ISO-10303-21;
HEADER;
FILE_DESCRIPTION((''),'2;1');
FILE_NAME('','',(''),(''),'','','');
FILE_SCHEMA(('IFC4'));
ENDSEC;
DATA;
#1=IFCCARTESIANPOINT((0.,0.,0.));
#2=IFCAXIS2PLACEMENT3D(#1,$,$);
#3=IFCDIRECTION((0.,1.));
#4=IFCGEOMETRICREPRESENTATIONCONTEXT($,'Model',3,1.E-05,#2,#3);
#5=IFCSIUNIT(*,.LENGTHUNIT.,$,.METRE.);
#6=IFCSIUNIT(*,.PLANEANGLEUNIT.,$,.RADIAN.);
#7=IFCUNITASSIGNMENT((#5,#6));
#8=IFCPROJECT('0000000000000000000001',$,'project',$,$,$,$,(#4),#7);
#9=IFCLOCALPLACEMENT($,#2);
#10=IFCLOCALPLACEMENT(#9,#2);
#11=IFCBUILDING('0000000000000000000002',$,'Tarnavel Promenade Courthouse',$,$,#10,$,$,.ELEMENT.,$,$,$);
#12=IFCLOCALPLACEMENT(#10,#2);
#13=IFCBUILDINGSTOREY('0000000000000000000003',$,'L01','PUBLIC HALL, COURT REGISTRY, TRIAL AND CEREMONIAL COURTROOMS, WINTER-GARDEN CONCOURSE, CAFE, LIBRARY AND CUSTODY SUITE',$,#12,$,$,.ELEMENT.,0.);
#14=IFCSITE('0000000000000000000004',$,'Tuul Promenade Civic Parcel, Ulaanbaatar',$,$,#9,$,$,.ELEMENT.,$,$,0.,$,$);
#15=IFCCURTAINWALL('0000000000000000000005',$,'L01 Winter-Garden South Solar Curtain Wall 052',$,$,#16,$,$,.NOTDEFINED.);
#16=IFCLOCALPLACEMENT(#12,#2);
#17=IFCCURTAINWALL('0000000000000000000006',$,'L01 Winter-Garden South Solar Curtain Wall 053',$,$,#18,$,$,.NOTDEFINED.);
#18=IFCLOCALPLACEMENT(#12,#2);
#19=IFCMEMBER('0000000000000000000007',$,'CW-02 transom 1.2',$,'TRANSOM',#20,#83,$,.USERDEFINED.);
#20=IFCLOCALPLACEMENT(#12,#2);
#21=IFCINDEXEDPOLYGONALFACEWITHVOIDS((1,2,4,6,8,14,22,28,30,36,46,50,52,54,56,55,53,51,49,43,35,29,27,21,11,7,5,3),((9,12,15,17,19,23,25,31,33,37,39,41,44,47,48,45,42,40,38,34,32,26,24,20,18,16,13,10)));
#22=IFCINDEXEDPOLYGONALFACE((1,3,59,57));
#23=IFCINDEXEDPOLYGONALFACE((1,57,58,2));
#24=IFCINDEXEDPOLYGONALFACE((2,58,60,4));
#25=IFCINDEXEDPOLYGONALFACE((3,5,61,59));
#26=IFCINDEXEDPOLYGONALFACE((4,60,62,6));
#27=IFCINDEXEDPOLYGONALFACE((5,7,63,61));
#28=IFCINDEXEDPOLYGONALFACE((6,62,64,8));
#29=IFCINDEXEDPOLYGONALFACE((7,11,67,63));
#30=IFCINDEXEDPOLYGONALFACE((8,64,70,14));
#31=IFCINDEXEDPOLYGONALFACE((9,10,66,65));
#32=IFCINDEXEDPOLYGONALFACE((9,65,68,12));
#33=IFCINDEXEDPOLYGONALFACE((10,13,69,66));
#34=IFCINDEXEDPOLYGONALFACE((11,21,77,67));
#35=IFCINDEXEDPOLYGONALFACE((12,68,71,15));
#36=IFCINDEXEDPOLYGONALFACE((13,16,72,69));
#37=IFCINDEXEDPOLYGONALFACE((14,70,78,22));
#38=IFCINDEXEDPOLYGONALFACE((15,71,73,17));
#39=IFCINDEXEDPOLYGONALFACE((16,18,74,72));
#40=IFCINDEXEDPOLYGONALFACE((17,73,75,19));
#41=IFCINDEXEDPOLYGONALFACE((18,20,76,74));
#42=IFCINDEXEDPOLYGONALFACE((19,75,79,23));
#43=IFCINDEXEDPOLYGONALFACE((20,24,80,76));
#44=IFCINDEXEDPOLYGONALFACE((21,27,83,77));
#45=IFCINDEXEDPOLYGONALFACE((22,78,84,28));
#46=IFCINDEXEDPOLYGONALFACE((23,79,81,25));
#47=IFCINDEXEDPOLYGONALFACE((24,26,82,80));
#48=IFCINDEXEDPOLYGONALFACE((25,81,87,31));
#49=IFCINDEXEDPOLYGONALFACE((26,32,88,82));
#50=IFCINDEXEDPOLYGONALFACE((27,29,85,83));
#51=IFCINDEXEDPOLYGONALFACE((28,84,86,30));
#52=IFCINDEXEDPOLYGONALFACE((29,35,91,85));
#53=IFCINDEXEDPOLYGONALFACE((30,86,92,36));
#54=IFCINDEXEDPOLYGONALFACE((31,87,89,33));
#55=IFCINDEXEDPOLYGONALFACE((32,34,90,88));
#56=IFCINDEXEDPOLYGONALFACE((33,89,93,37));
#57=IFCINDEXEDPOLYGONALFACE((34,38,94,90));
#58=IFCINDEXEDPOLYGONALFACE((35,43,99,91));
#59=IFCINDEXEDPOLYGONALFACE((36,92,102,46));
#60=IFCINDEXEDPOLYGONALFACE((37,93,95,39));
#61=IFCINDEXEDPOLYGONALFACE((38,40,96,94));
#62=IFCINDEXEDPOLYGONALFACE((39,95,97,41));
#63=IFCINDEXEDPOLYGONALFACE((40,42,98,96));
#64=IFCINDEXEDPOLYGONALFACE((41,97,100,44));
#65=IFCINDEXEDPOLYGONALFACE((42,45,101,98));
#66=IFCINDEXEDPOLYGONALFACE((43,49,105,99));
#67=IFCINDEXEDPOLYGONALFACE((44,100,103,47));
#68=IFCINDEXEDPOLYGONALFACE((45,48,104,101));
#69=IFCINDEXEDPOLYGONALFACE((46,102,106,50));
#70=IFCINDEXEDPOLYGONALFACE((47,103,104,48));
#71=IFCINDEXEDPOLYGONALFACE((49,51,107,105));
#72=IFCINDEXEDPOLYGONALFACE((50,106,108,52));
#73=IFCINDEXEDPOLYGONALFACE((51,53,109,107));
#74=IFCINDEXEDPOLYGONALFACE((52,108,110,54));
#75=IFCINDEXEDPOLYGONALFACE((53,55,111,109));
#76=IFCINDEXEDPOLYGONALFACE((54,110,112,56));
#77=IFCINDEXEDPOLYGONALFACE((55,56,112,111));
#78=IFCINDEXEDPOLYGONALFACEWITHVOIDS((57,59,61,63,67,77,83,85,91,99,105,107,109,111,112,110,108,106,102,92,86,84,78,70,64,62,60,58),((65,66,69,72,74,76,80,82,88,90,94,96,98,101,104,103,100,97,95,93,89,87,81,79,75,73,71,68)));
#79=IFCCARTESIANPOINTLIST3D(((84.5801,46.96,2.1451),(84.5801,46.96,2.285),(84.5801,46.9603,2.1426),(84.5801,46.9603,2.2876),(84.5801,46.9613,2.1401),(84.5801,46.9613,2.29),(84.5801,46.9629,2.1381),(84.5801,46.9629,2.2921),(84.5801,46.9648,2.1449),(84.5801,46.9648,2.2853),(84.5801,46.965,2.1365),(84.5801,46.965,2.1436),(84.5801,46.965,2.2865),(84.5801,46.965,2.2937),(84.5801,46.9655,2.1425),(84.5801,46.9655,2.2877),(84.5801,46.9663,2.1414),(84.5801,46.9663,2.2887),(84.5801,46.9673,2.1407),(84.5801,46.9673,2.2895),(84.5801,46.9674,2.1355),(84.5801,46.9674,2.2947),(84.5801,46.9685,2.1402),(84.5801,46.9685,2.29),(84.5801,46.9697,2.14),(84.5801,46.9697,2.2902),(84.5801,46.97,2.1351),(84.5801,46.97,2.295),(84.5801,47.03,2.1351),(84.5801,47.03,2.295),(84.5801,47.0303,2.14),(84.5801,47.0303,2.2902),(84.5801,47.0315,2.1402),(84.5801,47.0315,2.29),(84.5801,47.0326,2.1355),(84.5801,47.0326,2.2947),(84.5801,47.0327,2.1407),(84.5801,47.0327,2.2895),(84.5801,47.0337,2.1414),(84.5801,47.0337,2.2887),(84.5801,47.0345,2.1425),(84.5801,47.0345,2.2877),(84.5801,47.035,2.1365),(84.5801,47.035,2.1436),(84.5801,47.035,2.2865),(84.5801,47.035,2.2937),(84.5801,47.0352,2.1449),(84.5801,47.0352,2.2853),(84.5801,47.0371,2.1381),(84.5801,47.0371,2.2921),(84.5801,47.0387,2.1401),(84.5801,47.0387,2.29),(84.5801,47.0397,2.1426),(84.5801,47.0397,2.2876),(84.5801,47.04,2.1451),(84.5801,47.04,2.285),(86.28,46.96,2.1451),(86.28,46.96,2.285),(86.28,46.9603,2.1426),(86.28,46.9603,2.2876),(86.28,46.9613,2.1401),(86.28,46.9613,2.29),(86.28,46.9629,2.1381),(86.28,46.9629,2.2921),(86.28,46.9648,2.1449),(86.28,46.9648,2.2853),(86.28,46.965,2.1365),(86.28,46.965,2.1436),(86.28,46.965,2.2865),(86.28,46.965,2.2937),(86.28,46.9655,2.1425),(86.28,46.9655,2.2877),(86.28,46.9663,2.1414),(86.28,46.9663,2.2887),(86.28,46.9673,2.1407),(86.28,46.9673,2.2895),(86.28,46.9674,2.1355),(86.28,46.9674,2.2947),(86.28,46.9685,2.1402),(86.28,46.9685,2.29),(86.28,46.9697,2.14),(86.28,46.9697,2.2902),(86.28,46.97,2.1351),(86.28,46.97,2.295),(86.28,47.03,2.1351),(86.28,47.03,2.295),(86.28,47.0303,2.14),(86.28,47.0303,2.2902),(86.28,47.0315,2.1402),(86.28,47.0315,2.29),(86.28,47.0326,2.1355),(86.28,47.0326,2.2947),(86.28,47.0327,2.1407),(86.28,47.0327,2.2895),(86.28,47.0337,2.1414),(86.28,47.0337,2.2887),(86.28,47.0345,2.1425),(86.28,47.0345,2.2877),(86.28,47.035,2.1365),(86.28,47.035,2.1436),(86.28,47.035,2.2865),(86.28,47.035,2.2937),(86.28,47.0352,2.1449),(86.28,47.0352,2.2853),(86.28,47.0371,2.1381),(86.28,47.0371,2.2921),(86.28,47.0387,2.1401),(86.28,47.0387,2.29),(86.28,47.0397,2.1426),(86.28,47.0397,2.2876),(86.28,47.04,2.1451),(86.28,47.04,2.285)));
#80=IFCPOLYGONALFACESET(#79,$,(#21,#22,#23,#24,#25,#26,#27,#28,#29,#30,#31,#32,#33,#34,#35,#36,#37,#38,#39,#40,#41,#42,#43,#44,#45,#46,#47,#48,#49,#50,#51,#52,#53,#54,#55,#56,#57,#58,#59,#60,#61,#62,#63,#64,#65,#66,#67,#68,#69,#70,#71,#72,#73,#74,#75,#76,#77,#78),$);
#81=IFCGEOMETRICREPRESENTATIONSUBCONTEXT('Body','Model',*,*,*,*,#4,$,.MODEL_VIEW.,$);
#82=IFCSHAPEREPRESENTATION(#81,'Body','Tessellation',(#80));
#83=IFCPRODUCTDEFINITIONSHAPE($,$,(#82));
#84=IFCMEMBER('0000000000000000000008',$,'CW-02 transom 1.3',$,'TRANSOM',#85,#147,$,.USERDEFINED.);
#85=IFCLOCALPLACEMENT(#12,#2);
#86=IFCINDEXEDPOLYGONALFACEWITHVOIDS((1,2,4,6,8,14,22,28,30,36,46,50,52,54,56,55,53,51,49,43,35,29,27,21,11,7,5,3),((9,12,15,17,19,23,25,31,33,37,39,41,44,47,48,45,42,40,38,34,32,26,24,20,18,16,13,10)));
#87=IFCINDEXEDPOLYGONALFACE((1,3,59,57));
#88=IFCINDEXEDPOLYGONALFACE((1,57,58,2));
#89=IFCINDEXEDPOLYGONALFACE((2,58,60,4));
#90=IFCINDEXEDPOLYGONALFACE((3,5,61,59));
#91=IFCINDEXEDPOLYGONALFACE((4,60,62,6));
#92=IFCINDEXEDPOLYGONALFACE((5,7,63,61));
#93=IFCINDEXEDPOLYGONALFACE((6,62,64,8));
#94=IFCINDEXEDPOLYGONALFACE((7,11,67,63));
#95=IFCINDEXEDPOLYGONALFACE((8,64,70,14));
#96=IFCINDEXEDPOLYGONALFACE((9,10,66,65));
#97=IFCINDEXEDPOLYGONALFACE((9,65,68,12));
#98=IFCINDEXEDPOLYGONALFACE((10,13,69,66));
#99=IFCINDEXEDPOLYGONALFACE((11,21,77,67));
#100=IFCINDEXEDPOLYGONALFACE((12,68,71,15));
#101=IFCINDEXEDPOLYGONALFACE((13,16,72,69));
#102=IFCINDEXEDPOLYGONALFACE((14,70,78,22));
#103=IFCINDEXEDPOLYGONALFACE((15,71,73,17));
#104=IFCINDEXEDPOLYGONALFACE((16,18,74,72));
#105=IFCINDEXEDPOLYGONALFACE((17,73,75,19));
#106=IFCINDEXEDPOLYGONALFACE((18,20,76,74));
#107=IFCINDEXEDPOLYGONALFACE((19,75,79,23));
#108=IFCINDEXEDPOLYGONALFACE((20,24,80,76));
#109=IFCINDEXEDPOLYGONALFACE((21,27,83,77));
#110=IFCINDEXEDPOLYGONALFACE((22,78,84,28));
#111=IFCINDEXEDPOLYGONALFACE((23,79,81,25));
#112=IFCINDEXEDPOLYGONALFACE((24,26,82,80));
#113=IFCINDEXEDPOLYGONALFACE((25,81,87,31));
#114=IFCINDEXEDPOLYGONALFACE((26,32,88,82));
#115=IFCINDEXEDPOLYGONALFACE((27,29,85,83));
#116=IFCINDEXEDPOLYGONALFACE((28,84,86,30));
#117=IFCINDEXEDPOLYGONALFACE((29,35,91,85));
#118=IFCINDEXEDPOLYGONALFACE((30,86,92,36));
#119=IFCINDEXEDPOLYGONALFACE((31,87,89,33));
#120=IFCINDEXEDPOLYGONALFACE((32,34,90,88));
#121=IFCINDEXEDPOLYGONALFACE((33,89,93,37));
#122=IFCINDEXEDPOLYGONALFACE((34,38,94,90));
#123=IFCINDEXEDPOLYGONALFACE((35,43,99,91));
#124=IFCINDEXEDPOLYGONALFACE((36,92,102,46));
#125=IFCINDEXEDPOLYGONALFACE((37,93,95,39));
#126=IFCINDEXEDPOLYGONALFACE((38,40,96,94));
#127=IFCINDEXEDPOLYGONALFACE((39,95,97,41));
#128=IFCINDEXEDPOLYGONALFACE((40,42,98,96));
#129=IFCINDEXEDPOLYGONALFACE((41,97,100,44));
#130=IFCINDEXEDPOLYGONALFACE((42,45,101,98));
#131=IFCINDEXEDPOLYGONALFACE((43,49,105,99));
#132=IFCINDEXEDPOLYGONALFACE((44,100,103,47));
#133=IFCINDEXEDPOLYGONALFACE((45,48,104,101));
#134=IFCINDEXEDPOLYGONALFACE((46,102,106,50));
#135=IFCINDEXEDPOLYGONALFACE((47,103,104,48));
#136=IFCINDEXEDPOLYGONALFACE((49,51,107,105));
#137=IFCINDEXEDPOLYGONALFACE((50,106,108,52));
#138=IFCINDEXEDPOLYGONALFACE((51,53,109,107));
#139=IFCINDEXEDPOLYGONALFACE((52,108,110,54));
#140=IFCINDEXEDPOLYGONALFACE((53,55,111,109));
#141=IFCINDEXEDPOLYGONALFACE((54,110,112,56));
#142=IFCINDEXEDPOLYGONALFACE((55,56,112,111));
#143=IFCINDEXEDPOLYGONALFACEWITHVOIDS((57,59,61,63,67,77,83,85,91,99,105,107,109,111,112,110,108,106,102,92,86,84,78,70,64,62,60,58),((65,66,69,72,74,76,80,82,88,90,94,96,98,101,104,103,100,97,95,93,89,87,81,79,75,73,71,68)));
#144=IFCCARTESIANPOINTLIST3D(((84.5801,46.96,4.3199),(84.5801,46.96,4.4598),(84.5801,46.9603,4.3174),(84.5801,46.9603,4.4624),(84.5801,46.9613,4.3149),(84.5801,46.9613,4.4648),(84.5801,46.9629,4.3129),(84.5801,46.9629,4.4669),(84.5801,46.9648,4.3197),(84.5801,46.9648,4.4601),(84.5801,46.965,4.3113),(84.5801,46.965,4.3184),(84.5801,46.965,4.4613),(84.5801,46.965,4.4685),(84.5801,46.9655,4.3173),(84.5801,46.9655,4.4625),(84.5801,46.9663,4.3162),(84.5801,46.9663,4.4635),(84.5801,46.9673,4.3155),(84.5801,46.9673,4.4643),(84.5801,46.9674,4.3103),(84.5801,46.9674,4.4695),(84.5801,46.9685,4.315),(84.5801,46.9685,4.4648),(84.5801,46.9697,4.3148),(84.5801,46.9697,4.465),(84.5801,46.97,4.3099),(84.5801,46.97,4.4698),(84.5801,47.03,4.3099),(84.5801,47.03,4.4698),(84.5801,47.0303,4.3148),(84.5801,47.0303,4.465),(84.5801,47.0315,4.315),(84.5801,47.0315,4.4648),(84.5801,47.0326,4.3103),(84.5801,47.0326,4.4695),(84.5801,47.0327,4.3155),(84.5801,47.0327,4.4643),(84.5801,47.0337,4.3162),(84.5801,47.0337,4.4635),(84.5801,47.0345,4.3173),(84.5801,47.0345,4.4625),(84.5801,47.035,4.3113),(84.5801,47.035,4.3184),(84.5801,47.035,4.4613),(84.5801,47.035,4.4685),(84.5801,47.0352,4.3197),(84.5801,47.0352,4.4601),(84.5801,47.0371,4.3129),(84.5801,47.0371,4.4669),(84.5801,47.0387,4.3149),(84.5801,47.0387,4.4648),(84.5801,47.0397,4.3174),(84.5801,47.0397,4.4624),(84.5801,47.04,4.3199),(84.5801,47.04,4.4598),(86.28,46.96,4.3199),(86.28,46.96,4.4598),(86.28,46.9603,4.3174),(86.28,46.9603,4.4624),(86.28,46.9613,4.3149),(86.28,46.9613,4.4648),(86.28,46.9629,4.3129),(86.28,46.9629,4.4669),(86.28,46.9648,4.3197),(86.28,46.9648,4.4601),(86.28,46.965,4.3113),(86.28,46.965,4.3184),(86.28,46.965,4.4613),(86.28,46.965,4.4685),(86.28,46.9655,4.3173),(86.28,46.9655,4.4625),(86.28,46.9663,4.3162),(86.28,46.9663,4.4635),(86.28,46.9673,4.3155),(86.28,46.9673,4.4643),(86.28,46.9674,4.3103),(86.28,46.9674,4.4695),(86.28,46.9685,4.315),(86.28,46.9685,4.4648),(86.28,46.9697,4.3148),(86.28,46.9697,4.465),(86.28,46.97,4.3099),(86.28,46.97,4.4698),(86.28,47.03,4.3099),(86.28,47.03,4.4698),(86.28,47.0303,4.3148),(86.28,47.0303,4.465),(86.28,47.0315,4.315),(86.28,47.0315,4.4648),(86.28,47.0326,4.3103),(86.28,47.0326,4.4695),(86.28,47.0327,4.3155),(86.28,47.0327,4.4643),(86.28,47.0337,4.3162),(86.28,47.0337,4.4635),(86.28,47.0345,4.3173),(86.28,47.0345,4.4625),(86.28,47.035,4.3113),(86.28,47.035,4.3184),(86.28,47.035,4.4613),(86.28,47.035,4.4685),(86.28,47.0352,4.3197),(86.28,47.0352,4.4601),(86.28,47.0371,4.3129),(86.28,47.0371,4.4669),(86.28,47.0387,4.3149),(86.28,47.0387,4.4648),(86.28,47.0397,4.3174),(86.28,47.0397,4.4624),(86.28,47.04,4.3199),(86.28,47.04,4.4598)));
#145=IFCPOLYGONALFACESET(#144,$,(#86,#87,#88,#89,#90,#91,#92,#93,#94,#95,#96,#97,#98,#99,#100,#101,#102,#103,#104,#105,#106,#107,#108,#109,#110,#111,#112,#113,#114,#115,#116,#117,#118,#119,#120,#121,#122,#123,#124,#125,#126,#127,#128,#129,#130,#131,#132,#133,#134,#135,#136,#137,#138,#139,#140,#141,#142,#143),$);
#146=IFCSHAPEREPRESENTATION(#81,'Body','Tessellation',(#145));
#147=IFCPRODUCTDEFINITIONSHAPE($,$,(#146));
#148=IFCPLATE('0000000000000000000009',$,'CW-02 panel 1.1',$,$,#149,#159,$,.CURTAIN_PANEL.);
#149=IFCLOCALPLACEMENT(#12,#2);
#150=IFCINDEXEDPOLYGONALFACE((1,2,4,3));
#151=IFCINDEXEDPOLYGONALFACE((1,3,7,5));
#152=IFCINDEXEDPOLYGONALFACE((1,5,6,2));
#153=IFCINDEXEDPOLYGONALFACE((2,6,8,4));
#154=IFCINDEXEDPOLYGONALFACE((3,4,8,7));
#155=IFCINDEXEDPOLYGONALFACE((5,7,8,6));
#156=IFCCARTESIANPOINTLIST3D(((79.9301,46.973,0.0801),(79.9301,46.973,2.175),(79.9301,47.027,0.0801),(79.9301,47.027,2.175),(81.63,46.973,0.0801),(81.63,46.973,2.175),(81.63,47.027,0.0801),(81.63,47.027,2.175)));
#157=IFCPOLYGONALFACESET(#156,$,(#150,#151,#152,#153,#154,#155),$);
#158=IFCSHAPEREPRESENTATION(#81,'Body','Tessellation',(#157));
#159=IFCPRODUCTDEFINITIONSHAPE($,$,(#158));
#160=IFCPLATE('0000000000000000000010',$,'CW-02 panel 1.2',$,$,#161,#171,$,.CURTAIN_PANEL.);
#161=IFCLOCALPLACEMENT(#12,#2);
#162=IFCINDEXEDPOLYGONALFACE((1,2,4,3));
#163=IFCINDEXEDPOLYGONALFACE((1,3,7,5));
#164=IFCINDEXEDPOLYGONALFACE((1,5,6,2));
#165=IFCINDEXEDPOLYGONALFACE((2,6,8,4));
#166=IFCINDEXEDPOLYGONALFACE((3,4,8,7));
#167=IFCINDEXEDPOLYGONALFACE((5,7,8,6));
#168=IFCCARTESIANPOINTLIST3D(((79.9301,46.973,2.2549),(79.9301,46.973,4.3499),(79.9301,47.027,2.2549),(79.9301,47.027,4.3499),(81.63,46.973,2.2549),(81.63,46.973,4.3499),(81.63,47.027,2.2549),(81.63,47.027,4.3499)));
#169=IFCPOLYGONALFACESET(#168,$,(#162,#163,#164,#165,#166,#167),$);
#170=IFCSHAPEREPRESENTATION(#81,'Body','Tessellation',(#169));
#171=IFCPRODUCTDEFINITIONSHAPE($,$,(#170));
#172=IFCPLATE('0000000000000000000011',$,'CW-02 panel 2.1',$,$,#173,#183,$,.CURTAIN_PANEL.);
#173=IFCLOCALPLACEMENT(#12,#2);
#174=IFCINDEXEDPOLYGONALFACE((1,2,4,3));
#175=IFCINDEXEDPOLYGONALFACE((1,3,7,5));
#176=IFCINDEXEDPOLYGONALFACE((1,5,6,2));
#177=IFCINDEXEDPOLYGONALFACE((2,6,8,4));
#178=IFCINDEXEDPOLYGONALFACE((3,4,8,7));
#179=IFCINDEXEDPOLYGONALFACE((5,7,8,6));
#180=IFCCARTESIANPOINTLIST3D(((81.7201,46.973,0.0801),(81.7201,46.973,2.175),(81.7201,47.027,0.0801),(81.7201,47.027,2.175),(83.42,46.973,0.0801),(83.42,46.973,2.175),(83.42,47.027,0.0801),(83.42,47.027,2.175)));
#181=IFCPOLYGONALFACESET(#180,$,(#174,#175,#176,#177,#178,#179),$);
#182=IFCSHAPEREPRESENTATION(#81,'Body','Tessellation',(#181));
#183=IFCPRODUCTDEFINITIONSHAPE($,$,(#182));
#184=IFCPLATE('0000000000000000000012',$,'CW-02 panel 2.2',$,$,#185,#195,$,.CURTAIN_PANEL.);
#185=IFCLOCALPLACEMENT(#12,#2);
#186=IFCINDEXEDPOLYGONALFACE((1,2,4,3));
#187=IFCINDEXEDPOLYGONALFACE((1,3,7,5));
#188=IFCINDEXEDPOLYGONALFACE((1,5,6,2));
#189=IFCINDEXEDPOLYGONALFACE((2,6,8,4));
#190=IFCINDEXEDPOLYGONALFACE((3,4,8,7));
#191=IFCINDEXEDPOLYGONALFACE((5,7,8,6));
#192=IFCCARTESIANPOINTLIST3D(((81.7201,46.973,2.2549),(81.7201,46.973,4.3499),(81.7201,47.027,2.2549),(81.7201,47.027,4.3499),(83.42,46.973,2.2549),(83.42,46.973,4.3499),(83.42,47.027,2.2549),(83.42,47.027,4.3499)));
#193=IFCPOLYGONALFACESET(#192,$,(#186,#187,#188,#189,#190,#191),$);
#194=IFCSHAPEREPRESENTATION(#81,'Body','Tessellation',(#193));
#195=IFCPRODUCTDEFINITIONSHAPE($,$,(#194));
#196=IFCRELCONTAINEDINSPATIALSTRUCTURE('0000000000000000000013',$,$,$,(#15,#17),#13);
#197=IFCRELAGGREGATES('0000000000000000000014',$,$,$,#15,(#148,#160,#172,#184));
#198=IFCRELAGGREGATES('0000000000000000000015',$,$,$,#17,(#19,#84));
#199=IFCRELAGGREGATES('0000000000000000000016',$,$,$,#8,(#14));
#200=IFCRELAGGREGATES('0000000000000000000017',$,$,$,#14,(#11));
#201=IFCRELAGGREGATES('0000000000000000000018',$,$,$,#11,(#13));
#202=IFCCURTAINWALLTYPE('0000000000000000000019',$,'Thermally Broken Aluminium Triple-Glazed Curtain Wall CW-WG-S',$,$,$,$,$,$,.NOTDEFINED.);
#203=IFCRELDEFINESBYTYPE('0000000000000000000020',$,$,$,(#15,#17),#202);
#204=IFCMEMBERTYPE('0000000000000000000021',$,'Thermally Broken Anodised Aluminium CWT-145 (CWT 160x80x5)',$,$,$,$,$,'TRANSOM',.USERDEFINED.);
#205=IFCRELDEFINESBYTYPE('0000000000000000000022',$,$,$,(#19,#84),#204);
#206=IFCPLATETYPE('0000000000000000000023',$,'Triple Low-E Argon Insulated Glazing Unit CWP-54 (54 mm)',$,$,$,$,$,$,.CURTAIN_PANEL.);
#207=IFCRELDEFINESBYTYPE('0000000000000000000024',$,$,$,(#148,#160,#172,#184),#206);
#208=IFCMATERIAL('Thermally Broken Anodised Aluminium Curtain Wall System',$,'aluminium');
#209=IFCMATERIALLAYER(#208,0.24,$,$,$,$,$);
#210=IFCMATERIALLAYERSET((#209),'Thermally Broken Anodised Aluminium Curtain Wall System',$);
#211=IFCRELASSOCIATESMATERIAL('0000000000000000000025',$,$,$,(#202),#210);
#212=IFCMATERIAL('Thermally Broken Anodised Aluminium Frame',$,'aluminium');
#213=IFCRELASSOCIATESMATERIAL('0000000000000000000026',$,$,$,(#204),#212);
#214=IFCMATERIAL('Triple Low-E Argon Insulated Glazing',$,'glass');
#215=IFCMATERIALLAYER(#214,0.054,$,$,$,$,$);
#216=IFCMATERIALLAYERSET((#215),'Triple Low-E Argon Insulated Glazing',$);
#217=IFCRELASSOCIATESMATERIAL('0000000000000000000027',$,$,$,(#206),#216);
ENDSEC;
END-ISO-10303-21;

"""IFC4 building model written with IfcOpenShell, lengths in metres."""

from ifc_helpers import new_model, si_unit, direction, frame, origin, origin_2d, place, context, subcontext, project, spatial, rectangle, hollow_rectangle, extrude, material, layer, layer_set, material_profile, profile_set, type_object, element, aggregate, save


model = new_model("IFC4")

# Units and contexts
model_context = context("Model", 3, precision=1e-05, world=origin(), true_north=direction((0.0, 1.0)))
body_context = subcontext(model_context, "Body", "Model", "MODEL_VIEW")
ifc_project = project(units=[si_unit("LENGTHUNIT", "METRE"), si_unit("PLANEANGLEUNIT", "RADIAN")], contexts=[model_context])

# Site, building, storey
site_placement = place(None, origin())
site = spatial("IfcSite", under=ifc_project, at=site_placement, Name="Tuul Promenade Civic Parcel, Ulaanbaatar", CompositionType="ELEMENT", RefElevation=0.0)
building_placement = place(site_placement, origin())
building = spatial("IfcBuilding", under=site, at=building_placement, Name="Tarnavel Promenade Courthouse", CompositionType="ELEMENT")
storey_placement = place(building_placement, origin())
storey = spatial("IfcBuildingStorey", under=building, at=storey_placement, Name="L01", Description="PUBLIC HALL, COURT REGISTRY, TRIAL AND CEREMONIAL COURTROOMS, WINTER-GARDEN CONCOURSE, CAFE, LIBRARY AND CUSTODY SUITE", CompositionType="ELEMENT", Elevation=0.0)

# Shared definitions
ifc_material_1 = material(Name="Thermally Broken Anodised Aluminium Curtain Wall System", Category="aluminium")
ifc_layer_1 = layer(ifc_material_1, 0.24)
ifc_layer_set_1 = layer_set([ifc_layer_1], Name="Thermally Broken Anodised Aluminium Curtain Wall System")
curtain_wall_type = type_object("IfcCurtainWallType", Name="Thermally Broken Aluminium Triple-Glazed Curtain Wall CW-WG-S", PredefinedType="NOTDEFINED", material=ifc_layer_set_1)
ifc_material_2 = material(Name="Thermally Broken Anodised Aluminium Frame", Category="aluminium")

# Curtain wall
curtain_wall_1_placement = place(storey_placement, origin())
curtain_wall_1 = element("IfcCurtainWall", 1, at=curtain_wall_1_placement, inside=storey, type_object=curtain_wall_type, Name="L01 Winter-Garden South Solar Curtain Wall 052", PredefinedType="NOTDEFINED")

# Curtain wall
curtain_wall_2_placement = place(storey_placement, origin())
curtain_wall_2 = element("IfcCurtainWall", 2, at=curtain_wall_2_placement, inside=storey, type_object=curtain_wall_type, Name="L01 Winter-Garden South Solar Curtain Wall 053", PredefinedType="NOTDEFINED")

# Members
ifc_material_profile_1 = material_profile(ifc_material_2, hollow_rectangle(XDim=0.0801, YDim=0.1599, WallThickness=0.0049, InnerFilletRadius=0.0049, OuterFilletRadius=0.01, at=origin_2d()), Name="CWT 160x80x5")
ifc_profile_set_1 = profile_set([ifc_material_profile_1], Name="Thermally Broken Anodised Aluminium Frame")
member_type_1 = type_object("IfcMemberType", Name="Thermally Broken Anodised Aluminium CWT-145 (CWT 160x80x5)", ElementType="TRANSOM", PredefinedType="USERDEFINED", material=ifc_profile_set_1)
member_1_placement = place(storey_placement, frame((84.5801, 47.0, 2.2151), z_axis=(1.0, 0.0, 0.0), x_axis=(0.0, 1.0, 0.0)))
member_1 = element("IfcMember", 3, at=member_1_placement, type_object=member_type_1, Name="CW-02 transom 1.2", ObjectType="TRANSOM", PredefinedType="USERDEFINED", context=body_context, shape_type="SweptSolid", body=[
    extrude(hollow_rectangle(XDim=0.0801, YDim=0.1599, WallThickness=0.0049, InnerFilletRadius=0.0049, OuterFilletRadius=0.01, at=origin_2d()), origin(), (0.0, 0.0, 1.0), 1.7),
])
member_2_placement = place(storey_placement, frame((84.5801, 47.0, 4.3899), z_axis=(1.0, 0.0, 0.0), x_axis=(0.0, 1.0, 0.0)))
member_2 = element("IfcMember", 4, at=member_2_placement, type_object=member_type_1, Name="CW-02 transom 1.3", ObjectType="TRANSOM", PredefinedType="USERDEFINED", context=body_context, shape_type="SweptSolid", body=[
    extrude(hollow_rectangle(XDim=0.0801, YDim=0.1599, WallThickness=0.0049, InnerFilletRadius=0.0049, OuterFilletRadius=0.01, at=origin_2d()), origin(), (0.0, 0.0, 1.0), 1.7),
])

# Plates
ifc_material_3 = material(Name="Triple Low-E Argon Insulated Glazing", Category="glass")
ifc_layer_2 = layer(ifc_material_3, 0.054)
ifc_layer_set_2 = layer_set([ifc_layer_2], Name="Triple Low-E Argon Insulated Glazing")
plate_type = type_object("IfcPlateType", Name="Triple Low-E Argon Insulated Glazing Unit CWP-54 (54 mm)", PredefinedType="CURTAIN_PANEL", material=ifc_layer_set_2)
plate_1_placement = place(storey_placement, frame((80.78, 47.0, 0.0801), z_axis=(0.0, 0.0, 1.0), x_axis=(1.0, 0.0, 0.0)))
plate_1 = element("IfcPlate", 5, at=plate_1_placement, type_object=plate_type, Name="CW-02 panel 1.1", PredefinedType="CURTAIN_PANEL", context=body_context, shape_type="SweptSolid", body=[
    extrude(rectangle(XDim=1.7, YDim=0.054, at=origin_2d()), origin(), (0.0, 0.0, 1.0), 2.095),
])
plate_2_placement = place(storey_placement, frame((80.78, 47.0, 2.2549), z_axis=(0.0, 0.0, 1.0), x_axis=(1.0, 0.0, 0.0)))
plate_2 = element("IfcPlate", 6, at=plate_2_placement, type_object=plate_type, Name="CW-02 panel 1.2", PredefinedType="CURTAIN_PANEL", context=body_context, shape_type="SweptSolid", body=[
    extrude(rectangle(XDim=1.7, YDim=0.054, at=origin_2d()), origin(), (0.0, 0.0, 1.0), 2.095),
])
plate_3_placement = place(storey_placement, frame((82.5701, 47.0, 0.0801), z_axis=(0.0, 0.0, 1.0), x_axis=(1.0, 0.0, 0.0)))
plate_3 = element("IfcPlate", 7, at=plate_3_placement, type_object=plate_type, Name="CW-02 panel 2.1", PredefinedType="CURTAIN_PANEL", context=body_context, shape_type="SweptSolid", body=[
    extrude(rectangle(XDim=1.7, YDim=0.054, at=origin_2d()), origin(), (0.0, 0.0, 1.0), 2.095),
])
plate_4_placement = place(storey_placement, frame((82.5701, 47.0, 2.2549), z_axis=(0.0, 0.0, 1.0), x_axis=(1.0, 0.0, 0.0)))
plate_4 = element("IfcPlate", 8, at=plate_4_placement, type_object=plate_type, Name="CW-02 panel 2.2", PredefinedType="CURTAIN_PANEL", context=body_context, shape_type="SweptSolid", body=[
    extrude(rectangle(XDim=1.7, YDim=0.054, at=origin_2d()), origin(), (0.0, 0.0, 1.0), 2.095),
])
aggregate(curtain_wall_1, [plate_1, plate_2, plate_3, plate_4])
aggregate(curtain_wall_2, [member_1, member_2])

save(model, "model.ifc")
